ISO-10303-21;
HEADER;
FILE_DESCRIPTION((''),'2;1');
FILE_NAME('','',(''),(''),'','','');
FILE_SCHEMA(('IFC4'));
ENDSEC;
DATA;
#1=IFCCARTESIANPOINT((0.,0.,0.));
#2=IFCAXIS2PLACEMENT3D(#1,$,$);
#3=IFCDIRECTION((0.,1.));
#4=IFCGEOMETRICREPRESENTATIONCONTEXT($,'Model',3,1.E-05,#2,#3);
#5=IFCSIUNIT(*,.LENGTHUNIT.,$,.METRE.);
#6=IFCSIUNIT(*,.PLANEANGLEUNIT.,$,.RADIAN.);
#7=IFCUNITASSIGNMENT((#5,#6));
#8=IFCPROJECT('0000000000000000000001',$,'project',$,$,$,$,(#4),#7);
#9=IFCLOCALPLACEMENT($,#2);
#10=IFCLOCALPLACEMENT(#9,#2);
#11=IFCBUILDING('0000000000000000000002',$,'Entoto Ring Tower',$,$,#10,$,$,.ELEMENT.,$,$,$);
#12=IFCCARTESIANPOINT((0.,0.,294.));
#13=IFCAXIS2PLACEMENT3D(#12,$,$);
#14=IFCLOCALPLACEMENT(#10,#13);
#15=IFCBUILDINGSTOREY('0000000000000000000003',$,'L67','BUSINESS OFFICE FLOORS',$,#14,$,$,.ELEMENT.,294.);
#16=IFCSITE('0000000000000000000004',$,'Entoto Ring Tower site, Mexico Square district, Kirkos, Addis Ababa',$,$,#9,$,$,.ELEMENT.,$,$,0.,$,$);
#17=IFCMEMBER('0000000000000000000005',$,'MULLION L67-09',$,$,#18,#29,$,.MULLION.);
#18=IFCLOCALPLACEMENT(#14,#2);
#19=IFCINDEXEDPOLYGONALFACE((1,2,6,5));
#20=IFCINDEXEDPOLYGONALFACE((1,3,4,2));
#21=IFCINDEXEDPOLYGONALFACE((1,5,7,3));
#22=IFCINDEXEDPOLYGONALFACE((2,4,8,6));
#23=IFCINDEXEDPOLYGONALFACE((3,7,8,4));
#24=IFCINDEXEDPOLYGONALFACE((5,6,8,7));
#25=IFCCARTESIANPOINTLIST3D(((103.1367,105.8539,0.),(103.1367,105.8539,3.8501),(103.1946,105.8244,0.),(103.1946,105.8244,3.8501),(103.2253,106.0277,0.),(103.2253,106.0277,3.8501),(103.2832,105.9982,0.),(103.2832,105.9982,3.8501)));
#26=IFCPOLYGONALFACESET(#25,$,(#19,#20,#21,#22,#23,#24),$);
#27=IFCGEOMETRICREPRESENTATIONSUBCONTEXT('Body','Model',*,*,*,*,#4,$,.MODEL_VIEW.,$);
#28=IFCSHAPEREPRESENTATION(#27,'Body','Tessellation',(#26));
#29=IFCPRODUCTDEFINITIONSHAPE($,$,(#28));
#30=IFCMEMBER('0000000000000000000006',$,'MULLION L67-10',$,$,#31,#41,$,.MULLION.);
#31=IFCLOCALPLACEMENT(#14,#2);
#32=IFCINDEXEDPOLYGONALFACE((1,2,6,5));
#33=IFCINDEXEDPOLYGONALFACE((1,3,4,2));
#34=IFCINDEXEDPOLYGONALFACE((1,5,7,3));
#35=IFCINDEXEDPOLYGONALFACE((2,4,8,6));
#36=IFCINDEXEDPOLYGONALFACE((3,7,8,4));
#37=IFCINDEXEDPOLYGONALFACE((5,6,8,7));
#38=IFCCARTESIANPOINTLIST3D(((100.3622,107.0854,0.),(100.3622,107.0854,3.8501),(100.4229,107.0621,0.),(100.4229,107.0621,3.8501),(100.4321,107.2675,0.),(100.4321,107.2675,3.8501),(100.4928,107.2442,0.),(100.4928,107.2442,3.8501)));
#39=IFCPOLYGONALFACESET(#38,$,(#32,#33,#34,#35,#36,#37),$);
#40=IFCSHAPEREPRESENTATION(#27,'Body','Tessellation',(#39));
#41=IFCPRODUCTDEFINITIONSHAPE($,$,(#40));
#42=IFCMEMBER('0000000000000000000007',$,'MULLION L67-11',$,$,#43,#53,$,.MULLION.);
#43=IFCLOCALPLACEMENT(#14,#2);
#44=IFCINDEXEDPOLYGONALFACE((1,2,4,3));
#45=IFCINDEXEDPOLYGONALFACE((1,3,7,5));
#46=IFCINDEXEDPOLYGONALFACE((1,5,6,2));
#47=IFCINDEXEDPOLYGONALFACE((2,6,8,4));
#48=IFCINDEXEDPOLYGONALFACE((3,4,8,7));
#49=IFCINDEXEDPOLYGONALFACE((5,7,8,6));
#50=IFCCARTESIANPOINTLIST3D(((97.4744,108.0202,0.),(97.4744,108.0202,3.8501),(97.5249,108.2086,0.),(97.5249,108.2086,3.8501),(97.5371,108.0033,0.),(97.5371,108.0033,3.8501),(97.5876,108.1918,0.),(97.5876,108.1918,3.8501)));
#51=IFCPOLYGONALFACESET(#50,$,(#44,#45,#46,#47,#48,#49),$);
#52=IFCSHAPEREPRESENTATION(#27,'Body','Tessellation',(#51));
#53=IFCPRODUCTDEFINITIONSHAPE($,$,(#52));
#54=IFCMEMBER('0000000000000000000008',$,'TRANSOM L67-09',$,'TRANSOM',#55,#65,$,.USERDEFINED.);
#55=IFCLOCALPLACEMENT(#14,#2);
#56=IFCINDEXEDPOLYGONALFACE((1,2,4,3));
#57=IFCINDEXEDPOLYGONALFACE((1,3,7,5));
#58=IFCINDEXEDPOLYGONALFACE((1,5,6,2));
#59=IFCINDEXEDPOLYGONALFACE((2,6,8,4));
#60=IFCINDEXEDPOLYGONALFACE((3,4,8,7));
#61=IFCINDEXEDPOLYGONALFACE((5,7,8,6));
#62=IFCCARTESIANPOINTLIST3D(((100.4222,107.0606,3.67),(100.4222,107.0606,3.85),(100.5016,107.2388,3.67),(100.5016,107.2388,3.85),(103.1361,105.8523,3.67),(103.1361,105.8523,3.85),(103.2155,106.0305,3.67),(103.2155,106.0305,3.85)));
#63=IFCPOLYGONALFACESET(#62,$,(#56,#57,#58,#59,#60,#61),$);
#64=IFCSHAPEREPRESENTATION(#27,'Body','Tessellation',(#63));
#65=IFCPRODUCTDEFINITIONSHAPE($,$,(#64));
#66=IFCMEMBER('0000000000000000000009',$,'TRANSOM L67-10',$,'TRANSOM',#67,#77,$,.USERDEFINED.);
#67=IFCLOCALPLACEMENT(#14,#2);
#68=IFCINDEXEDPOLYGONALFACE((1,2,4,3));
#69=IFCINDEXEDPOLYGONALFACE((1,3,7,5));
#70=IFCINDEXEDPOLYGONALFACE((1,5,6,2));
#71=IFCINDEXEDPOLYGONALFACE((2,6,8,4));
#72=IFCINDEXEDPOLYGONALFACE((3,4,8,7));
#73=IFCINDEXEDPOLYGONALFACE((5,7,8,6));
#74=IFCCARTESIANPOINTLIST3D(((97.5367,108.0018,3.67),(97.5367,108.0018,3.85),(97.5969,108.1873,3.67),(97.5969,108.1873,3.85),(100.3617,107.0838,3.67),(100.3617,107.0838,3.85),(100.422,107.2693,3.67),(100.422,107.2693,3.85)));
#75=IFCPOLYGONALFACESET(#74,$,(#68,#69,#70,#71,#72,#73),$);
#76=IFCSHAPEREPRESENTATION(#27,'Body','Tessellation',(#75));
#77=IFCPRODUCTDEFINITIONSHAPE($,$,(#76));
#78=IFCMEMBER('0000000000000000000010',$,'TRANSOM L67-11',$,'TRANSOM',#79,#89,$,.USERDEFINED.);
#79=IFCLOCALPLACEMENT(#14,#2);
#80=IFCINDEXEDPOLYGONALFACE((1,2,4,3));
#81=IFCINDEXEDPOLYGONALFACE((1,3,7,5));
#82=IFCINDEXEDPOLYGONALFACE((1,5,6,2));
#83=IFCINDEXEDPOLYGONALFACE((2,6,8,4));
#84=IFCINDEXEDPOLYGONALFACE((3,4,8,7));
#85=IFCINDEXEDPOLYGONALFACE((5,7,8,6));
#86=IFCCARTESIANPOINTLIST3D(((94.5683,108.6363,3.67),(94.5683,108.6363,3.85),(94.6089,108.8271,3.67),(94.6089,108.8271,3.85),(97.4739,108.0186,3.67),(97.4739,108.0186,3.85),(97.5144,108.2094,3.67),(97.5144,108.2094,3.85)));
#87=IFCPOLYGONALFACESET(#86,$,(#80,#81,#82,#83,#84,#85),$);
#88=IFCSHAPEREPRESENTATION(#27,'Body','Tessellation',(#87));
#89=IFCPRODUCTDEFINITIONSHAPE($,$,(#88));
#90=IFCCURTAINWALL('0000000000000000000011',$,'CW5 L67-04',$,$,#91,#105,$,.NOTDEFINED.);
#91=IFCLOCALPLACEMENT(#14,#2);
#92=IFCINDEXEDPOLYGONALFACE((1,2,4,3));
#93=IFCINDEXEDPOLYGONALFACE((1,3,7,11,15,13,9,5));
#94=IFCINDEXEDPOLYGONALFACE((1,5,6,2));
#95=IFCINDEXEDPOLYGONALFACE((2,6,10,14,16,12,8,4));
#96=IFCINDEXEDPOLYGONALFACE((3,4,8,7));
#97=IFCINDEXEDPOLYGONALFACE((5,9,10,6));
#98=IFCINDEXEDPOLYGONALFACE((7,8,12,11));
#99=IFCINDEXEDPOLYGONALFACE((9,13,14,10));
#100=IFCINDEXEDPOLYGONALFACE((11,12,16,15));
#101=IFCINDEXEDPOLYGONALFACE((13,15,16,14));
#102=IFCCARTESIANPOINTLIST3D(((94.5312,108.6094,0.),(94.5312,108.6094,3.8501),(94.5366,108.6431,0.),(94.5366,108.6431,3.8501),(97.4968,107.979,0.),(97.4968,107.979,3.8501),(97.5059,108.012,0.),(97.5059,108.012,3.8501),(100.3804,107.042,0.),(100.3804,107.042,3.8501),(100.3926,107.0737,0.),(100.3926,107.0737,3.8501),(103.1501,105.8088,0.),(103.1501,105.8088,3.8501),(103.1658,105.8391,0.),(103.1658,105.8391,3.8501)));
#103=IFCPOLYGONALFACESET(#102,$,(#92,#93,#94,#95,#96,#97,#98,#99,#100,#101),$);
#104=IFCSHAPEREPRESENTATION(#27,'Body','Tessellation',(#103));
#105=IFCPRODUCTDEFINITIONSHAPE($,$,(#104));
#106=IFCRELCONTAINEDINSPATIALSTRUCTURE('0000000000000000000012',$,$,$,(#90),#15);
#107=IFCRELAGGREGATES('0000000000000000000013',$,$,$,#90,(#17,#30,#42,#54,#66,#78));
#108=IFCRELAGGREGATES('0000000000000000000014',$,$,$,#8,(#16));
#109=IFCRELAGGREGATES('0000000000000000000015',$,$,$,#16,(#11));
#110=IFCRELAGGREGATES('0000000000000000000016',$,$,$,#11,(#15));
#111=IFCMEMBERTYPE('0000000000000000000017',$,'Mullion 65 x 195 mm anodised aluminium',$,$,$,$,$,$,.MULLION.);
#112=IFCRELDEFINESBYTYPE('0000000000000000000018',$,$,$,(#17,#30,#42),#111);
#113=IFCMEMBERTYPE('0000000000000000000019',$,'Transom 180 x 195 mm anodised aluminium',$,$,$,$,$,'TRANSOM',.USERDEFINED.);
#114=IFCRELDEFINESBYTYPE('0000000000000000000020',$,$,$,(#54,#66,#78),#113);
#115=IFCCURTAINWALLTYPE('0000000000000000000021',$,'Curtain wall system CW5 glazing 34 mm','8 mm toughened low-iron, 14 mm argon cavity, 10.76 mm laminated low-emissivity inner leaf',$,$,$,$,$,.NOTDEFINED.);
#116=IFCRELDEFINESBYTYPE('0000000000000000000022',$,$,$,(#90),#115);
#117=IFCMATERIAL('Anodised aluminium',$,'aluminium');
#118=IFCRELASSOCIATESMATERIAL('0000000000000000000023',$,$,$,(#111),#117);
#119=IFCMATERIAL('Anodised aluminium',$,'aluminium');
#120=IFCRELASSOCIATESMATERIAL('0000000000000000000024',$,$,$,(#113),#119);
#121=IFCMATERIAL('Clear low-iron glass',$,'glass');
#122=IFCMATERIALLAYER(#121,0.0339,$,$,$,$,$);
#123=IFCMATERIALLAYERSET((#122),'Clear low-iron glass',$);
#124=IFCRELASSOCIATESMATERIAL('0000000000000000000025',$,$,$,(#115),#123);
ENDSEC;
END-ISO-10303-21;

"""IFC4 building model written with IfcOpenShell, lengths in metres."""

from ifc_helpers import new_model, si_unit, direction, frame, origin, origin_2d, place, context, subcontext, project, spatial, polyline, rectangle, outline, extrude, material, layer, layer_set, material_profile, profile_set, type_object, element, aggregate, save


model = new_model("IFC4")

# Units and contexts
model_context = context("Model", 3, precision=1e-05, world=origin(), true_north=direction((0.0, 1.0)))
body_context = subcontext(model_context, "Body", "Model", "MODEL_VIEW")
ifc_project = project(units=[si_unit("LENGTHUNIT", "METRE"), si_unit("PLANEANGLEUNIT", "RADIAN")], contexts=[model_context])

# Members
ifc_material_1 = material(Name="Anodised aluminium", Category="aluminium")
ifc_material_profile_1 = material_profile(ifc_material_1, rectangle(XDim=0.0649, YDim=0.1951, at=origin_2d()), Name="Mullion 65 x 195 mm anodised aluminium")
ifc_profile_set_1 = profile_set([ifc_material_profile_1], Name="Anodised aluminium")
member_type_1 = type_object("IfcMemberType", Name="Mullion 65 x 195 mm anodised aluminium", PredefinedType="MULLION", material=ifc_profile_set_1)
site_placement = place(None, origin())
building_placement = place(site_placement, origin())
storey_placement = place(building_placement, frame((0.0, 0.0, 294.0)))
member_1_placement = place(storey_placement, frame((103.21, 105.926, 0.0), z_axis=(0.0, 0.0, 1.0), x_axis=(-0.891007, 0.45399, 0.0)))
member_1 = element("IfcMember", 1, at=member_1_placement, type_object=member_type_1, Name="MULLION L67-09", PredefinedType="MULLION", context=body_context, shape_type="SweptSolid", body=[
    extrude(rectangle(XDim=0.0649, YDim=0.1951, at=origin_2d()), origin(), (0.0, 0.0, 1.0), 3.8501),
])
member_2_placement = place(storey_placement, frame((100.4275, 107.1648, 0.0), z_axis=(0.0, 0.0, 1.0), x_axis=(-0.93358, 0.358368, 0.0)))
member_2 = element("IfcMember", 2, at=member_2_placement, type_object=member_type_1, Name="MULLION L67-10", PredefinedType="MULLION", context=body_context, shape_type="SweptSolid", body=[
    extrude(rectangle(XDim=0.0649, YDim=0.1951, at=origin_2d()), origin(), (0.0, 0.0, 1.0), 3.8501),
])
member_3_placement = place(storey_placement, frame((97.531, 108.106, 0.0), z_axis=(0.0, 0.0, 1.0), x_axis=(-0.965926, 0.258819, 0.0)))
member_3 = element("IfcMember", 3, at=member_3_placement, type_object=member_type_1, Name="MULLION L67-11", PredefinedType="MULLION", context=body_context, shape_type="SweptSolid", body=[
    extrude(rectangle(XDim=0.0649, YDim=0.1951, at=origin_2d()), origin(), (0.0, 0.0, 1.0), 3.8501),
])
ifc_material_2 = material(Name="Anodised aluminium", Category="aluminium")
ifc_material_profile_2 = material_profile(ifc_material_2, rectangle(XDim=0.1951, YDim=0.1799, at=origin_2d()), Name="Transom 180 x 195 mm anodised aluminium")
ifc_profile_set_2 = profile_set([ifc_material_profile_2], Name="Anodised aluminium")
member_type_2 = type_object("IfcMemberType", Name="Transom 180 x 195 mm anodised aluminium", ElementType="TRANSOM", PredefinedType="USERDEFINED", material=ifc_profile_set_2)
member_4_placement = place(storey_placement, frame((103.1758, 105.9414, 3.76), z_axis=(-0.91355, 0.406726, 0.0), x_axis=(-0.406726, -0.91355, 0.0)))
member_4 = element("IfcMember", 4, at=member_4_placement, type_object=member_type_2, Name="TRANSOM L67-09", ObjectType="TRANSOM", PredefinedType="USERDEFINED", context=body_context, shape_type="SweptSolid", body=[
    extrude(rectangle(XDim=0.1951, YDim=0.1799, at=origin_2d()), origin(), (0.0, 0.0, 1.0), 2.9707),
])
member_5_placement = place(storey_placement, frame((100.3918, 107.1765, 3.76), z_axis=(-0.951048, 0.309043, 0.0), x_axis=(-0.309043, -0.951048, 0.0)))
member_5 = element("IfcMember", 5, at=member_5_placement, type_object=member_type_2, Name="TRANSOM L67-10", ObjectType="TRANSOM", PredefinedType="USERDEFINED", context=body_context, shape_type="SweptSolid", body=[
    extrude(rectangle(XDim=0.1951, YDim=0.1799, at=origin_2d()), origin(), (0.0, 0.0, 1.0), 2.9705),
])
member_6_placement = place(storey_placement, frame((97.4941, 108.114, 3.76), z_axis=(-0.978142, 0.20794, 0.0), x_axis=(-0.20794, -0.978142, 0.0)))
member_6 = element("IfcMember", 6, at=member_6_placement, type_object=member_type_2, Name="TRANSOM L67-11", ObjectType="TRANSOM", PredefinedType="USERDEFINED", context=body_context, shape_type="SweptSolid", body=[
    extrude(rectangle(XDim=0.1951, YDim=0.1799, at=origin_2d()), origin(), (0.0, 0.0, 1.0), 2.9705),
])

# Site, building, storey
site = spatial("IfcSite", under=ifc_project, at=site_placement, Name="Entoto Ring Tower site, Mexico Square district, Kirkos, Addis Ababa", CompositionType="ELEMENT", RefElevation=0.0)
building = spatial("IfcBuilding", under=site, at=building_placement, Name="Entoto Ring Tower", CompositionType="ELEMENT")
storey = spatial("IfcBuildingStorey", under=building, at=storey_placement, Name="L67", Description="BUSINESS OFFICE FLOORS", CompositionType="ELEMENT", Elevation=294.0)

# Curtain wall
ifc_material_3 = material(Name="Clear low-iron glass", Category="glass")
ifc_layer = layer(ifc_material_3, 0.0339)
ifc_layer_set = layer_set([ifc_layer], Name="Clear low-iron glass")
curtain_wall_type = type_object("IfcCurtainWallType", Name="Curtain wall system CW5 glazing 34 mm", Description="8 mm toughened low-iron, 14 mm argon cavity, 10.76 mm laminated low-emissivity inner leaf", PredefinedType="NOTDEFINED", material=ifc_layer_set)
curtain_wall_1_placement = place(storey_placement, origin())
curtain_wall_1 = element("IfcCurtainWall", 7, at=curtain_wall_1_placement, inside=storey, type_object=curtain_wall_type, Name="CW5 L67-04", PredefinedType="NOTDEFINED", context=body_context, shape_type="SweptSolid", body=[
    extrude(outline(polyline([(103.1658, 105.8391), (100.3926, 107.0737), (97.5059, 108.012), (94.5366, 108.6431), (94.5312, 108.6094), (97.4968, 107.979), (100.3804, 107.042), (103.1501, 105.8088), (103.1658, 105.8391)])), origin(), (0.0, 0.0, 1.0), 3.8501),
])
aggregate(curtain_wall_1, [member_1, member_2, member_3, member_4, member_5, member_6])

save(model, "model.ifc")
